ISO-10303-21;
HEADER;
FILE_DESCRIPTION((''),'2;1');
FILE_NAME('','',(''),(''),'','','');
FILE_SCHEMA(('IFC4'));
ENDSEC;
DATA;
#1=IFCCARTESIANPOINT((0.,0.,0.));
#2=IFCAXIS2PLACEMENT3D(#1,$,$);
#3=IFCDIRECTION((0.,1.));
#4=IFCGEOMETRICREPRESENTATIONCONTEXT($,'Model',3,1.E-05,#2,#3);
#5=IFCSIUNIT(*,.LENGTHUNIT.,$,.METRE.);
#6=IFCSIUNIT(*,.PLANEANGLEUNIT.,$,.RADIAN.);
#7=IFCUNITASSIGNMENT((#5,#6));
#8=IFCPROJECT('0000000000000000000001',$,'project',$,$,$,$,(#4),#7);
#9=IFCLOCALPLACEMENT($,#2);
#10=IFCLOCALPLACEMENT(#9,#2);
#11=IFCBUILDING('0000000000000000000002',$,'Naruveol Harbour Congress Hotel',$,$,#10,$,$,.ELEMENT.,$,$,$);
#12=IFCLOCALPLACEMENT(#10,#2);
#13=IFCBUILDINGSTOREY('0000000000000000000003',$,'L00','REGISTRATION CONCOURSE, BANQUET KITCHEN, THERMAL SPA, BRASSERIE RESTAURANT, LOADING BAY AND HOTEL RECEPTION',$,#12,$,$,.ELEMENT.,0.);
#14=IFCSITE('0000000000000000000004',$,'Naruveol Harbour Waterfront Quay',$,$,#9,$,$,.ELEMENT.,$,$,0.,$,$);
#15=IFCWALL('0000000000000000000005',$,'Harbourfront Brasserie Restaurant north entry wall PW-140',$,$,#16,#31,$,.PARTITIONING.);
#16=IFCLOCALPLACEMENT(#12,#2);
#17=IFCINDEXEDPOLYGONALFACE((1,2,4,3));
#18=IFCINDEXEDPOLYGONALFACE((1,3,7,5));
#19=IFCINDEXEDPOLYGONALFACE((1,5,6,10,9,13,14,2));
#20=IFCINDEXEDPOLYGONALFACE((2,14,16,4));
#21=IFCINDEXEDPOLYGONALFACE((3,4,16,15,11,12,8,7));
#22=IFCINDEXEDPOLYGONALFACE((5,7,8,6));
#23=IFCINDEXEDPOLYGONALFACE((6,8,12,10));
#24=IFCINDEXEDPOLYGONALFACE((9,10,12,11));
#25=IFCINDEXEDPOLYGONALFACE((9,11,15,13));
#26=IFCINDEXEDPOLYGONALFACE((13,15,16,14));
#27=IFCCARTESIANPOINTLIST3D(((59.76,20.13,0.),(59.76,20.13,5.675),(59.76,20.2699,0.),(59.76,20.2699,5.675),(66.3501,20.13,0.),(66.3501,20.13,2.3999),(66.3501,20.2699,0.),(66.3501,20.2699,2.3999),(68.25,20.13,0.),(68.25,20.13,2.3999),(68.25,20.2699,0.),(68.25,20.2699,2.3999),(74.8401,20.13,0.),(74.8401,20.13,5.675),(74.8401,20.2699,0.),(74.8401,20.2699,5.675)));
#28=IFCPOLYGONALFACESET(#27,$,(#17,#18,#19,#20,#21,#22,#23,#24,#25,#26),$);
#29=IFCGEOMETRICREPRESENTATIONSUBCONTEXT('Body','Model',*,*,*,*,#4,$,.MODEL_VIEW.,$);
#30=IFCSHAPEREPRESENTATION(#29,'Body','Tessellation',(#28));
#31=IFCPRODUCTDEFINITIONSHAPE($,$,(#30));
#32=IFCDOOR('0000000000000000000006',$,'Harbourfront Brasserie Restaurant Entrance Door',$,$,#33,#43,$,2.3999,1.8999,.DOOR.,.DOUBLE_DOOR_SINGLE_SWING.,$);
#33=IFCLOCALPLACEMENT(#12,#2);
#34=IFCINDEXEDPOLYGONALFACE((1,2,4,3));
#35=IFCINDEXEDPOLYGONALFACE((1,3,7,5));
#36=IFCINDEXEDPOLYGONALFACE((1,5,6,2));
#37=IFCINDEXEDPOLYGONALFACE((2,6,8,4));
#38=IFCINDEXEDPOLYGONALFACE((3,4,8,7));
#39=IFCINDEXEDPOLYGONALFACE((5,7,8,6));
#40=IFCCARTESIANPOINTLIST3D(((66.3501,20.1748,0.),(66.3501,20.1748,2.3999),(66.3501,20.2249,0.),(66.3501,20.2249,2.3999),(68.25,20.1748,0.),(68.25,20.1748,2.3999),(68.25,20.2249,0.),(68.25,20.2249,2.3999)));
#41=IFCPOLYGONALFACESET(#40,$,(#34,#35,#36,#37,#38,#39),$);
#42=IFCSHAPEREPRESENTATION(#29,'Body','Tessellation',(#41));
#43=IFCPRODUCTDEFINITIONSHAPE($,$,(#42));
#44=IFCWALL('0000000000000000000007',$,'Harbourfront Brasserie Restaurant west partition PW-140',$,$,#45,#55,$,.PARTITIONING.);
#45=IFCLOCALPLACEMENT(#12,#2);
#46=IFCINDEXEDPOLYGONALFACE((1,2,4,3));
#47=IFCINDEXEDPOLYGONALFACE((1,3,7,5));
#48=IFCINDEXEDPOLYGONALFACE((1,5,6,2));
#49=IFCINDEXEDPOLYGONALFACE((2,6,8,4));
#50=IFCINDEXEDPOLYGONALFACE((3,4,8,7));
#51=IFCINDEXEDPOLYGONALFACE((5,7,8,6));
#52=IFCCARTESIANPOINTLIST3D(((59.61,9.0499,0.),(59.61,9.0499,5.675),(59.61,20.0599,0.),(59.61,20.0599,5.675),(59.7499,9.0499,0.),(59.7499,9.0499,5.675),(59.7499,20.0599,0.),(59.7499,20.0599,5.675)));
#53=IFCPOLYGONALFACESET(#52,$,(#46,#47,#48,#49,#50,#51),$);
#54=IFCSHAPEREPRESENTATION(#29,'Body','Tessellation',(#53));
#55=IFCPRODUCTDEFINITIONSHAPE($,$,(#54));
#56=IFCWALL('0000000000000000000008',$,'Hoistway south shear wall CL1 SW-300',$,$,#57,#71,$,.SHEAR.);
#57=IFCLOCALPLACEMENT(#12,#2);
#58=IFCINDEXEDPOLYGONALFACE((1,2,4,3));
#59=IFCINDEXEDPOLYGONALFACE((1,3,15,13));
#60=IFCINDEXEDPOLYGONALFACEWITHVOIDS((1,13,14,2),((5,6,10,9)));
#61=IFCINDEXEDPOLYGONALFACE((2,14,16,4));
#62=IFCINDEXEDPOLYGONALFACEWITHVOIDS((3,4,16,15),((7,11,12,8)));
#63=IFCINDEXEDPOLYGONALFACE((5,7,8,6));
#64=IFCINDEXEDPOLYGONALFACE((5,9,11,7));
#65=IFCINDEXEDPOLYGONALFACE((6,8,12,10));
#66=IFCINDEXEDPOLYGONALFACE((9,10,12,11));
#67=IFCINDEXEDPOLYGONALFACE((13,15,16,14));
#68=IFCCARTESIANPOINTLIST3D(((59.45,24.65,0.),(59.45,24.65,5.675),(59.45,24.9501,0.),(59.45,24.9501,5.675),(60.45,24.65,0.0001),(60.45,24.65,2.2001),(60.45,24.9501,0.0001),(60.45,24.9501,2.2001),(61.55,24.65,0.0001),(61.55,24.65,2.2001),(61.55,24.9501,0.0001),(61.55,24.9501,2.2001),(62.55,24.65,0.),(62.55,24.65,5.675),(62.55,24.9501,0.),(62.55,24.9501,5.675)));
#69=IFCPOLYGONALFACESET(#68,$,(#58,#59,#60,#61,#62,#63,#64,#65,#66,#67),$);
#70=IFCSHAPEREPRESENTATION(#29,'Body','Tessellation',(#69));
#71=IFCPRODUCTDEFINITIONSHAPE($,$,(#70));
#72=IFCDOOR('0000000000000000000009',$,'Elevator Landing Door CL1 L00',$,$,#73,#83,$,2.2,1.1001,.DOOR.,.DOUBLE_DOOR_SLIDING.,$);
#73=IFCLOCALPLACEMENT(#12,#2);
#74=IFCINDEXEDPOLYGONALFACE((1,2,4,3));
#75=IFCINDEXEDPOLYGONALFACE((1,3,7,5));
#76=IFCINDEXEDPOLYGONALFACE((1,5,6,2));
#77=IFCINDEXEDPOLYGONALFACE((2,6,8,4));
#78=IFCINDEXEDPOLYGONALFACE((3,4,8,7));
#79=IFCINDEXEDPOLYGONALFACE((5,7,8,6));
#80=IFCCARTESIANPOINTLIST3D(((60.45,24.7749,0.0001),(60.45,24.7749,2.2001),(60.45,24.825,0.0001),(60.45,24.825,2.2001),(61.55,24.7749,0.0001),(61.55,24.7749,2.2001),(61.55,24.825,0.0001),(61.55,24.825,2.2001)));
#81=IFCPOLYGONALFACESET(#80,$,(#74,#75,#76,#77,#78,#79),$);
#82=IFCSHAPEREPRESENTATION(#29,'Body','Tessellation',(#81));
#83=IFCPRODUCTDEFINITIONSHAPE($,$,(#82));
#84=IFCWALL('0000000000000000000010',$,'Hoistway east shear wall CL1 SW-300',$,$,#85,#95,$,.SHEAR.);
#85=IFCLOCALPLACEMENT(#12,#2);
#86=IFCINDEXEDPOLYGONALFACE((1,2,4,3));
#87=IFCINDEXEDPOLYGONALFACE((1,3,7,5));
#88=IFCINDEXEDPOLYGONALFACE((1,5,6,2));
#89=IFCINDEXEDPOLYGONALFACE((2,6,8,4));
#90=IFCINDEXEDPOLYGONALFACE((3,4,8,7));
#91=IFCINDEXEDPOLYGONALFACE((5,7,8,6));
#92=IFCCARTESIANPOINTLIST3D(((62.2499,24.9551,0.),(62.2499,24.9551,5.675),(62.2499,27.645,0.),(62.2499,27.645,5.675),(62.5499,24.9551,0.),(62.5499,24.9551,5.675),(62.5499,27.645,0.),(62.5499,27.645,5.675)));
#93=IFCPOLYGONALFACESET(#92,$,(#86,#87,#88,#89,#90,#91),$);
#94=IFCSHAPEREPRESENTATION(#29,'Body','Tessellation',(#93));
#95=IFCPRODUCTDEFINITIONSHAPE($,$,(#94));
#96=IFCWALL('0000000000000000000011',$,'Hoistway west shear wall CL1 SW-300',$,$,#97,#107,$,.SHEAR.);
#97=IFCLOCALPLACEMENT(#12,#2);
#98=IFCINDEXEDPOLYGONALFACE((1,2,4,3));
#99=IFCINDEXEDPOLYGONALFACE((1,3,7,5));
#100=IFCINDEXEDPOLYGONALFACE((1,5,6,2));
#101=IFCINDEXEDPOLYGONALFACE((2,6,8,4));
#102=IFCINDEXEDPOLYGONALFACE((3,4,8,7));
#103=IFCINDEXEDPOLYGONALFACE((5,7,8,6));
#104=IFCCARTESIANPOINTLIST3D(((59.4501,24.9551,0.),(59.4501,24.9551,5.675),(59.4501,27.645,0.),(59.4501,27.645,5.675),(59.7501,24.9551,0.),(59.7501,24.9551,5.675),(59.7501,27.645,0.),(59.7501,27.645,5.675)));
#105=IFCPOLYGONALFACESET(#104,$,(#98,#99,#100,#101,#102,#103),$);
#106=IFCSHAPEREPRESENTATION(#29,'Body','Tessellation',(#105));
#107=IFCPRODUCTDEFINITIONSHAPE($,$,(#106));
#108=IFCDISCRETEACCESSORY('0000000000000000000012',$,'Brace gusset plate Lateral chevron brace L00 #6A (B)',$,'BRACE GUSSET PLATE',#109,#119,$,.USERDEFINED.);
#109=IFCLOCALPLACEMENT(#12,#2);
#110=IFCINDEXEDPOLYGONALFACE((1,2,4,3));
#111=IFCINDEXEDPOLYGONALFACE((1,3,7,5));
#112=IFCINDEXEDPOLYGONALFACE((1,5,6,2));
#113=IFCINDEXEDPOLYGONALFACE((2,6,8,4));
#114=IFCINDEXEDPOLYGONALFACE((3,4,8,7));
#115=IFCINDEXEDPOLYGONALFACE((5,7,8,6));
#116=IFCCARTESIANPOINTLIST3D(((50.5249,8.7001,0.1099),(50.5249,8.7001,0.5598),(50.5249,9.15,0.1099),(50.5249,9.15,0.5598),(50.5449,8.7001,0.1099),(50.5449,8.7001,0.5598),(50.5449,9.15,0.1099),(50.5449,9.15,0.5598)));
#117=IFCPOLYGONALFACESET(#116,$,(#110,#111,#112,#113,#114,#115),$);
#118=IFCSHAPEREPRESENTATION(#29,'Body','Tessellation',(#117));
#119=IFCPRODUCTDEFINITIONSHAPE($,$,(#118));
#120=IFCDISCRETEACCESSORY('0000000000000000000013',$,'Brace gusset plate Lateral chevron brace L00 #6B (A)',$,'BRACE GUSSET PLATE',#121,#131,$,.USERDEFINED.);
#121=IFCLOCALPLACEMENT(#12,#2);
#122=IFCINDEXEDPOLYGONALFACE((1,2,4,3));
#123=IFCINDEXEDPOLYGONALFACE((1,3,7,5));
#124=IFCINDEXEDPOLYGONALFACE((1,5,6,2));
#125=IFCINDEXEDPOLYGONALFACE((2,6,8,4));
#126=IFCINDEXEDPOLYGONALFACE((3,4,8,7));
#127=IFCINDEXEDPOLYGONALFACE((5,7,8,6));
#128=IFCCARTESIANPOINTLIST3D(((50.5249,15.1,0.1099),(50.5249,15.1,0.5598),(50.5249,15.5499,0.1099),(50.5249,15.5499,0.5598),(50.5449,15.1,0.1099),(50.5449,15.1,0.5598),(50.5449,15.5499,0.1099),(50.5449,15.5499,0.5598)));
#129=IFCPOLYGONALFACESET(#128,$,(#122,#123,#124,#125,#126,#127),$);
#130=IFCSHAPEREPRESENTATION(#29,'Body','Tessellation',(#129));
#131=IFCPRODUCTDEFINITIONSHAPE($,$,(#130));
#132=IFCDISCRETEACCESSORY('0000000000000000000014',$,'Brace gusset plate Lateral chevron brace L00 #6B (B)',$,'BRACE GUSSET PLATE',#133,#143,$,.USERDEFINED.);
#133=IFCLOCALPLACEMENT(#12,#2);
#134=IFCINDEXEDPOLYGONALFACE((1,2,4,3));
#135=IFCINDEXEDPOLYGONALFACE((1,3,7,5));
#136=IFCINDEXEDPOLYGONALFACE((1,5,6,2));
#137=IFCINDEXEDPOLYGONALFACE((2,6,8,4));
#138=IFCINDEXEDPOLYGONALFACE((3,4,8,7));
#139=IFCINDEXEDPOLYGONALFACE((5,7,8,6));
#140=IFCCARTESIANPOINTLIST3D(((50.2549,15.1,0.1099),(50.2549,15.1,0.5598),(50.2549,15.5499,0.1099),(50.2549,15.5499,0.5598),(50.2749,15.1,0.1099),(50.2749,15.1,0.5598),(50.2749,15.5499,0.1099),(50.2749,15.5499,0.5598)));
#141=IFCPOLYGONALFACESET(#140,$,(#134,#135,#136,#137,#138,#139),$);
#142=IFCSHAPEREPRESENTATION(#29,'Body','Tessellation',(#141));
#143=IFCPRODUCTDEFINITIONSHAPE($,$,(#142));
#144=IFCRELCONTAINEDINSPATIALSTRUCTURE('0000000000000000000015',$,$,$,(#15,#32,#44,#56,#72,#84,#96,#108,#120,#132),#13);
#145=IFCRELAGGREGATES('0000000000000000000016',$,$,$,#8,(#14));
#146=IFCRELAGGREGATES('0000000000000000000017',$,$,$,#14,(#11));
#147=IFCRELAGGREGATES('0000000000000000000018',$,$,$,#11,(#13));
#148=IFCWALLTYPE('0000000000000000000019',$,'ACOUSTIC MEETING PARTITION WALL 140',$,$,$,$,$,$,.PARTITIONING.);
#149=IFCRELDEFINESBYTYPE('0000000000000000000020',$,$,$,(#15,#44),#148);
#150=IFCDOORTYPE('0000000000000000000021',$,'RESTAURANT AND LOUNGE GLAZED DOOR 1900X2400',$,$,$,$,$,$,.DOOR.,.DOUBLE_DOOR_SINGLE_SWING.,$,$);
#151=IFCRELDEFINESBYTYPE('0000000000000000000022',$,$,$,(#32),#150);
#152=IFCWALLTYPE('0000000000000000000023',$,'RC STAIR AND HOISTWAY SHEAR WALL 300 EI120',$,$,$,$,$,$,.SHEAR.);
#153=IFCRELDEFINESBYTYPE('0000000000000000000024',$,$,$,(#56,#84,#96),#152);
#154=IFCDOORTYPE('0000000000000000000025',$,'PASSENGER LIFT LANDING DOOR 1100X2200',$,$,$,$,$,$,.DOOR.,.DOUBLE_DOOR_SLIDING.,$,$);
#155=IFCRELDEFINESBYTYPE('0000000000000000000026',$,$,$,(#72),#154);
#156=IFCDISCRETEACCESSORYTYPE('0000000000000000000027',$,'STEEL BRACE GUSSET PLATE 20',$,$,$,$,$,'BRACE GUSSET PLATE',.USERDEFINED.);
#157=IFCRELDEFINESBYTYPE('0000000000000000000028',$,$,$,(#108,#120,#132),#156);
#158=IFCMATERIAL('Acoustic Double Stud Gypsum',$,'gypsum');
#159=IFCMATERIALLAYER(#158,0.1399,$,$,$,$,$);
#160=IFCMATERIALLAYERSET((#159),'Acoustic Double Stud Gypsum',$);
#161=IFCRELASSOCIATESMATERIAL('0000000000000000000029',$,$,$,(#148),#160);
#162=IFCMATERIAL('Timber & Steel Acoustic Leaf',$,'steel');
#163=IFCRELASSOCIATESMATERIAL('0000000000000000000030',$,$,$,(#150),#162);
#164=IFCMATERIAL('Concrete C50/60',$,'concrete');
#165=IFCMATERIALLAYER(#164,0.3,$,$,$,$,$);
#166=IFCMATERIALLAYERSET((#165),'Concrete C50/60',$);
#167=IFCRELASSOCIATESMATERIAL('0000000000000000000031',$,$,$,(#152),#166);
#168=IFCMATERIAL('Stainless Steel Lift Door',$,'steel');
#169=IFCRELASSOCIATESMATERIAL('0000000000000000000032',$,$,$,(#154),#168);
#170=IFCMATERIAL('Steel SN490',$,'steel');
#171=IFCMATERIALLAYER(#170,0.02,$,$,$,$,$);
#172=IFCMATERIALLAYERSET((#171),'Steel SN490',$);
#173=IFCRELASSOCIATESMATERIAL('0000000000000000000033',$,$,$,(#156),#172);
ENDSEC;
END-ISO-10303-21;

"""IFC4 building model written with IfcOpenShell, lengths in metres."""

from ifc_helpers import new_model, si_unit, direction, frame, frame_2d, origin, origin_2d, place, context, subcontext, project, spatial, rectangle, extrude, material, layer, layer_set, type_object, element, fill, save


model = new_model("IFC4")

# Units and contexts
model_context = context("Model", 3, precision=1e-05, world=origin(), true_north=direction((0.0, 1.0)))
body_context = subcontext(model_context, "Body", "Model", "MODEL_VIEW")
ifc_project = project(units=[si_unit("LENGTHUNIT", "METRE"), si_unit("PLANEANGLEUNIT", "RADIAN")], contexts=[model_context])

# Site, building, storey
site_placement = place(None, origin())
site = spatial("IfcSite", under=ifc_project, at=site_placement, Name="Naruveol Harbour Waterfront Quay", CompositionType="ELEMENT", RefElevation=0.0)
building_placement = place(site_placement, origin())
building = spatial("IfcBuilding", under=site, at=building_placement, Name="Naruveol Harbour Congress Hotel", CompositionType="ELEMENT")
storey_placement = place(building_placement, origin())
storey = spatial("IfcBuildingStorey", under=building, at=storey_placement, Name="L00", Description="REGISTRATION CONCOURSE, BANQUET KITCHEN, THERMAL SPA, BRASSERIE RESTAURANT, LOADING BAY AND HOTEL RECEPTION", CompositionType="ELEMENT", Elevation=0.0)

# Wall, opening, door
ifc_material_1 = material(Name="Acoustic Double Stud Gypsum", Category="gypsum")
ifc_layer_1 = layer(ifc_material_1, 0.1399)
ifc_layer_set_1 = layer_set([ifc_layer_1], Name="Acoustic Double Stud Gypsum")
wall_type_1 = type_object("IfcWallType", Name="ACOUSTIC MEETING PARTITION WALL 140", PredefinedType="PARTITIONING", material=ifc_layer_set_1)
wall_1_placement = place(storey_placement, frame((59.76, 20.2, 0.0), z_axis=(0.0, 0.0, 1.0), x_axis=(1.0, 0.0, 0.0)))
wall_1 = element("IfcWall", 1, at=wall_1_placement, inside=storey, type_object=wall_type_1, Name="Harbourfront Brasserie Restaurant north entry wall PW-140", PredefinedType="PARTITIONING", context=body_context, shape_type="SweptSolid", body=[
    extrude(rectangle(XDim=15.0801, YDim=0.1399, at=frame_2d((7.54, 0.0))), origin(), (0.0, 0.0, 1.0), 5.675),
])
opening_1_placement = place(wall_1_placement, frame((6.5901, 0.0, 0.0)))
opening_1 = element("IfcOpeningElement", 2, at=opening_1_placement, cuts=wall_1, PredefinedType="OPENING", context=body_context, shape_type="SweptSolid", body=[
    extrude(rectangle(XDim=1.8999, YDim=2.3999, at=frame_2d((0.95, 1.2))), frame((0.0, 0.0798, 0.0), z_axis=(0.0, -1.0, 0.0), x_axis=(1.0, 0.0, 0.0)), (0.0, 0.0, 1.0), 0.1599),
])
ifc_material_2 = material(Name="Timber & Steel Acoustic Leaf", Category="steel")
door_type_1 = type_object("IfcDoorType", Name="RESTAURANT AND LOUNGE GLAZED DOOR 1900X2400", OperationType="DOUBLE_DOOR_SINGLE_SWING", PredefinedType="DOOR", material=ifc_material_2)
door_1_placement = place(opening_1_placement, origin())
door_1 = element("IfcDoor", 3, at=door_1_placement, inside=storey, type_object=door_type_1, Name="Harbourfront Brasserie Restaurant Entrance Door", OperationType="DOUBLE_DOOR_SINGLE_SWING", OverallHeight=2.3999, OverallWidth=1.8999, PredefinedType="DOOR", context=body_context, shape_type="SweptSolid", body=[
    extrude(rectangle(XDim=1.8999, YDim=2.3999, at=frame_2d((0.95, 1.2))), frame((0.0, 0.0249, 0.0), z_axis=(0.0, -1.0, 0.0), x_axis=(1.0, 0.0, 0.0)), (0.0, 0.0, 1.0), 0.05),
])
fill(opening_1, door_1)

# Wall
wall_2_placement = place(storey_placement, frame((59.6799, 9.05, 0.0), z_axis=(0.0, 0.0, 1.0), x_axis=(0.0, 1.0, 0.0)))
element("IfcWall", 4, at=wall_2_placement, inside=storey, type_object=wall_type_1, Name="Harbourfront Brasserie Restaurant west partition PW-140", PredefinedType="PARTITIONING", context=body_context, shape_type="SweptSolid", body=[
    extrude(rectangle(XDim=11.01, YDim=0.1399, at=frame_2d((5.5049, 0.0))), origin(), (0.0, 0.0, 1.0), 5.675),
])

# Wall, opening, door
ifc_material_3 = material(Name="Concrete C50/60", Category="concrete")
ifc_layer_2 = layer(ifc_material_3, 0.3)
ifc_layer_set_2 = layer_set([ifc_layer_2], Name="Concrete C50/60")
wall_type_2 = type_object("IfcWallType", Name="RC STAIR AND HOISTWAY SHEAR WALL 300 EI120", PredefinedType="SHEAR", material=ifc_layer_set_2)
wall_3_placement = place(storey_placement, frame((59.45, 24.8, 0.0), z_axis=(0.0, 0.0, 1.0), x_axis=(1.0, 0.0, 0.0)))
wall_3 = element("IfcWall", 5, at=wall_3_placement, inside=storey, type_object=wall_type_2, Name="Hoistway south shear wall CL1 SW-300", PredefinedType="SHEAR", context=body_context, shape_type="SweptSolid", body=[
    extrude(rectangle(XDim=3.1001, YDim=0.3, at=frame_2d((1.55, 0.0))), origin(), (0.0, 0.0, 1.0), 5.675),
])
opening_2_placement = place(wall_3_placement, frame((1.0, 0.0, 0.0)))
opening_2 = element("IfcOpeningElement", 6, at=opening_2_placement, cuts=wall_3, PredefinedType="OPENING", context=body_context, shape_type="SweptSolid", body=[
    extrude(rectangle(XDim=1.1001, YDim=2.2, at=frame_2d((0.55, 1.1001))), frame((0.0, 0.1599, 0.0), z_axis=(0.0, -1.0, 0.0), x_axis=(1.0, 0.0, 0.0)), (0.0, 0.0, 1.0), 0.3201),
])
ifc_material_4 = material(Name="Stainless Steel Lift Door", Category="steel")
door_type_2 = type_object("IfcDoorType", Name="PASSENGER LIFT LANDING DOOR 1100X2200", OperationType="DOUBLE_DOOR_SLIDING", PredefinedType="DOOR", material=ifc_material_4)
door_2_placement = place(opening_2_placement, origin())
door_2 = element("IfcDoor", 7, at=door_2_placement, inside=storey, type_object=door_type_2, Name="Elevator Landing Door CL1 L00", OperationType="DOUBLE_DOOR_SLIDING", OverallHeight=2.2, OverallWidth=1.1001, PredefinedType="DOOR", context=body_context, shape_type="SweptSolid", body=[
    extrude(rectangle(XDim=1.1001, YDim=2.2, at=frame_2d((0.55, 1.1001))), frame((0.0, 0.0249, 0.0), z_axis=(0.0, -1.0, 0.0), x_axis=(1.0, 0.0, 0.0)), (0.0, 0.0, 1.0), 0.05),
])
fill(opening_2, door_2)

# Walls
for number, where, z_axis, x_axis, name in (
    (8, (62.3999, 24.9551, 0.0), (0.0, 0.0, 1.0), (0.0, 1.0, 0.0), "Hoistway east shear wall CL1 SW-300"),
    (9, (59.6001, 27.645, 0.0), (0.0, 0.0, 1.0), (0.0, -1.0, 0.0), "Hoistway west shear wall CL1 SW-300"),
):
    element("IfcWall", number, at=place(storey_placement, frame(where, z_axis=z_axis, x_axis=x_axis)), inside=storey, type_object=wall_type_2, Name=name, PredefinedType="SHEAR", context=body_context, shape_type="SweptSolid", body=[
        extrude(rectangle(XDim=2.6899, YDim=0.3, at=frame_2d((1.345, 0.0))), origin(), (0.0, 0.0, 1.0), 5.675),
    ])

# Discrete accessories
ifc_material_5 = material(Name="Steel SN490", Category="steel")
ifc_layer_3 = layer(ifc_material_5, 0.02)
ifc_layer_set_3 = layer_set([ifc_layer_3], Name="Steel SN490")
discrete_accessory_type = type_object("IfcDiscreteAccessoryType", Name="STEEL BRACE GUSSET PLATE 20", ElementType="BRACE GUSSET PLATE", PredefinedType="USERDEFINED", material=ifc_layer_set_3)
for number, where, z_axis, x_axis, name in (
    (10, (50.5349, 8.925, 0.1099), (0.0, 0.0, 1.0), (0.0, 1.0, 0.0), "Brace gusset plate Lateral chevron brace L00 #6A (B)"),
    (11, (50.5349, 15.325, 0.1099), (0.0, 0.0, 1.0), (0.0, -1.0, 0.0), "Brace gusset plate Lateral chevron brace L00 #6B (A)"),
    (12, (50.2649, 15.325, 0.1099), (0.0, 0.0, 1.0), (0.0, -1.0, 0.0), "Brace gusset plate Lateral chevron brace L00 #6B (B)"),
):
    element("IfcDiscreteAccessory", number, at=place(storey_placement, frame(where, z_axis=z_axis, x_axis=x_axis)), inside=storey, type_object=discrete_accessory_type, Name=name, ObjectType="BRACE GUSSET PLATE", PredefinedType="USERDEFINED", context=body_context, shape_type="SweptSolid", body=[
        extrude(rectangle(XDim=0.45, YDim=0.02, at=origin_2d()), origin(), (0.0, 0.0, 1.0), 0.45),
    ])

save(model, "model.ifc")
